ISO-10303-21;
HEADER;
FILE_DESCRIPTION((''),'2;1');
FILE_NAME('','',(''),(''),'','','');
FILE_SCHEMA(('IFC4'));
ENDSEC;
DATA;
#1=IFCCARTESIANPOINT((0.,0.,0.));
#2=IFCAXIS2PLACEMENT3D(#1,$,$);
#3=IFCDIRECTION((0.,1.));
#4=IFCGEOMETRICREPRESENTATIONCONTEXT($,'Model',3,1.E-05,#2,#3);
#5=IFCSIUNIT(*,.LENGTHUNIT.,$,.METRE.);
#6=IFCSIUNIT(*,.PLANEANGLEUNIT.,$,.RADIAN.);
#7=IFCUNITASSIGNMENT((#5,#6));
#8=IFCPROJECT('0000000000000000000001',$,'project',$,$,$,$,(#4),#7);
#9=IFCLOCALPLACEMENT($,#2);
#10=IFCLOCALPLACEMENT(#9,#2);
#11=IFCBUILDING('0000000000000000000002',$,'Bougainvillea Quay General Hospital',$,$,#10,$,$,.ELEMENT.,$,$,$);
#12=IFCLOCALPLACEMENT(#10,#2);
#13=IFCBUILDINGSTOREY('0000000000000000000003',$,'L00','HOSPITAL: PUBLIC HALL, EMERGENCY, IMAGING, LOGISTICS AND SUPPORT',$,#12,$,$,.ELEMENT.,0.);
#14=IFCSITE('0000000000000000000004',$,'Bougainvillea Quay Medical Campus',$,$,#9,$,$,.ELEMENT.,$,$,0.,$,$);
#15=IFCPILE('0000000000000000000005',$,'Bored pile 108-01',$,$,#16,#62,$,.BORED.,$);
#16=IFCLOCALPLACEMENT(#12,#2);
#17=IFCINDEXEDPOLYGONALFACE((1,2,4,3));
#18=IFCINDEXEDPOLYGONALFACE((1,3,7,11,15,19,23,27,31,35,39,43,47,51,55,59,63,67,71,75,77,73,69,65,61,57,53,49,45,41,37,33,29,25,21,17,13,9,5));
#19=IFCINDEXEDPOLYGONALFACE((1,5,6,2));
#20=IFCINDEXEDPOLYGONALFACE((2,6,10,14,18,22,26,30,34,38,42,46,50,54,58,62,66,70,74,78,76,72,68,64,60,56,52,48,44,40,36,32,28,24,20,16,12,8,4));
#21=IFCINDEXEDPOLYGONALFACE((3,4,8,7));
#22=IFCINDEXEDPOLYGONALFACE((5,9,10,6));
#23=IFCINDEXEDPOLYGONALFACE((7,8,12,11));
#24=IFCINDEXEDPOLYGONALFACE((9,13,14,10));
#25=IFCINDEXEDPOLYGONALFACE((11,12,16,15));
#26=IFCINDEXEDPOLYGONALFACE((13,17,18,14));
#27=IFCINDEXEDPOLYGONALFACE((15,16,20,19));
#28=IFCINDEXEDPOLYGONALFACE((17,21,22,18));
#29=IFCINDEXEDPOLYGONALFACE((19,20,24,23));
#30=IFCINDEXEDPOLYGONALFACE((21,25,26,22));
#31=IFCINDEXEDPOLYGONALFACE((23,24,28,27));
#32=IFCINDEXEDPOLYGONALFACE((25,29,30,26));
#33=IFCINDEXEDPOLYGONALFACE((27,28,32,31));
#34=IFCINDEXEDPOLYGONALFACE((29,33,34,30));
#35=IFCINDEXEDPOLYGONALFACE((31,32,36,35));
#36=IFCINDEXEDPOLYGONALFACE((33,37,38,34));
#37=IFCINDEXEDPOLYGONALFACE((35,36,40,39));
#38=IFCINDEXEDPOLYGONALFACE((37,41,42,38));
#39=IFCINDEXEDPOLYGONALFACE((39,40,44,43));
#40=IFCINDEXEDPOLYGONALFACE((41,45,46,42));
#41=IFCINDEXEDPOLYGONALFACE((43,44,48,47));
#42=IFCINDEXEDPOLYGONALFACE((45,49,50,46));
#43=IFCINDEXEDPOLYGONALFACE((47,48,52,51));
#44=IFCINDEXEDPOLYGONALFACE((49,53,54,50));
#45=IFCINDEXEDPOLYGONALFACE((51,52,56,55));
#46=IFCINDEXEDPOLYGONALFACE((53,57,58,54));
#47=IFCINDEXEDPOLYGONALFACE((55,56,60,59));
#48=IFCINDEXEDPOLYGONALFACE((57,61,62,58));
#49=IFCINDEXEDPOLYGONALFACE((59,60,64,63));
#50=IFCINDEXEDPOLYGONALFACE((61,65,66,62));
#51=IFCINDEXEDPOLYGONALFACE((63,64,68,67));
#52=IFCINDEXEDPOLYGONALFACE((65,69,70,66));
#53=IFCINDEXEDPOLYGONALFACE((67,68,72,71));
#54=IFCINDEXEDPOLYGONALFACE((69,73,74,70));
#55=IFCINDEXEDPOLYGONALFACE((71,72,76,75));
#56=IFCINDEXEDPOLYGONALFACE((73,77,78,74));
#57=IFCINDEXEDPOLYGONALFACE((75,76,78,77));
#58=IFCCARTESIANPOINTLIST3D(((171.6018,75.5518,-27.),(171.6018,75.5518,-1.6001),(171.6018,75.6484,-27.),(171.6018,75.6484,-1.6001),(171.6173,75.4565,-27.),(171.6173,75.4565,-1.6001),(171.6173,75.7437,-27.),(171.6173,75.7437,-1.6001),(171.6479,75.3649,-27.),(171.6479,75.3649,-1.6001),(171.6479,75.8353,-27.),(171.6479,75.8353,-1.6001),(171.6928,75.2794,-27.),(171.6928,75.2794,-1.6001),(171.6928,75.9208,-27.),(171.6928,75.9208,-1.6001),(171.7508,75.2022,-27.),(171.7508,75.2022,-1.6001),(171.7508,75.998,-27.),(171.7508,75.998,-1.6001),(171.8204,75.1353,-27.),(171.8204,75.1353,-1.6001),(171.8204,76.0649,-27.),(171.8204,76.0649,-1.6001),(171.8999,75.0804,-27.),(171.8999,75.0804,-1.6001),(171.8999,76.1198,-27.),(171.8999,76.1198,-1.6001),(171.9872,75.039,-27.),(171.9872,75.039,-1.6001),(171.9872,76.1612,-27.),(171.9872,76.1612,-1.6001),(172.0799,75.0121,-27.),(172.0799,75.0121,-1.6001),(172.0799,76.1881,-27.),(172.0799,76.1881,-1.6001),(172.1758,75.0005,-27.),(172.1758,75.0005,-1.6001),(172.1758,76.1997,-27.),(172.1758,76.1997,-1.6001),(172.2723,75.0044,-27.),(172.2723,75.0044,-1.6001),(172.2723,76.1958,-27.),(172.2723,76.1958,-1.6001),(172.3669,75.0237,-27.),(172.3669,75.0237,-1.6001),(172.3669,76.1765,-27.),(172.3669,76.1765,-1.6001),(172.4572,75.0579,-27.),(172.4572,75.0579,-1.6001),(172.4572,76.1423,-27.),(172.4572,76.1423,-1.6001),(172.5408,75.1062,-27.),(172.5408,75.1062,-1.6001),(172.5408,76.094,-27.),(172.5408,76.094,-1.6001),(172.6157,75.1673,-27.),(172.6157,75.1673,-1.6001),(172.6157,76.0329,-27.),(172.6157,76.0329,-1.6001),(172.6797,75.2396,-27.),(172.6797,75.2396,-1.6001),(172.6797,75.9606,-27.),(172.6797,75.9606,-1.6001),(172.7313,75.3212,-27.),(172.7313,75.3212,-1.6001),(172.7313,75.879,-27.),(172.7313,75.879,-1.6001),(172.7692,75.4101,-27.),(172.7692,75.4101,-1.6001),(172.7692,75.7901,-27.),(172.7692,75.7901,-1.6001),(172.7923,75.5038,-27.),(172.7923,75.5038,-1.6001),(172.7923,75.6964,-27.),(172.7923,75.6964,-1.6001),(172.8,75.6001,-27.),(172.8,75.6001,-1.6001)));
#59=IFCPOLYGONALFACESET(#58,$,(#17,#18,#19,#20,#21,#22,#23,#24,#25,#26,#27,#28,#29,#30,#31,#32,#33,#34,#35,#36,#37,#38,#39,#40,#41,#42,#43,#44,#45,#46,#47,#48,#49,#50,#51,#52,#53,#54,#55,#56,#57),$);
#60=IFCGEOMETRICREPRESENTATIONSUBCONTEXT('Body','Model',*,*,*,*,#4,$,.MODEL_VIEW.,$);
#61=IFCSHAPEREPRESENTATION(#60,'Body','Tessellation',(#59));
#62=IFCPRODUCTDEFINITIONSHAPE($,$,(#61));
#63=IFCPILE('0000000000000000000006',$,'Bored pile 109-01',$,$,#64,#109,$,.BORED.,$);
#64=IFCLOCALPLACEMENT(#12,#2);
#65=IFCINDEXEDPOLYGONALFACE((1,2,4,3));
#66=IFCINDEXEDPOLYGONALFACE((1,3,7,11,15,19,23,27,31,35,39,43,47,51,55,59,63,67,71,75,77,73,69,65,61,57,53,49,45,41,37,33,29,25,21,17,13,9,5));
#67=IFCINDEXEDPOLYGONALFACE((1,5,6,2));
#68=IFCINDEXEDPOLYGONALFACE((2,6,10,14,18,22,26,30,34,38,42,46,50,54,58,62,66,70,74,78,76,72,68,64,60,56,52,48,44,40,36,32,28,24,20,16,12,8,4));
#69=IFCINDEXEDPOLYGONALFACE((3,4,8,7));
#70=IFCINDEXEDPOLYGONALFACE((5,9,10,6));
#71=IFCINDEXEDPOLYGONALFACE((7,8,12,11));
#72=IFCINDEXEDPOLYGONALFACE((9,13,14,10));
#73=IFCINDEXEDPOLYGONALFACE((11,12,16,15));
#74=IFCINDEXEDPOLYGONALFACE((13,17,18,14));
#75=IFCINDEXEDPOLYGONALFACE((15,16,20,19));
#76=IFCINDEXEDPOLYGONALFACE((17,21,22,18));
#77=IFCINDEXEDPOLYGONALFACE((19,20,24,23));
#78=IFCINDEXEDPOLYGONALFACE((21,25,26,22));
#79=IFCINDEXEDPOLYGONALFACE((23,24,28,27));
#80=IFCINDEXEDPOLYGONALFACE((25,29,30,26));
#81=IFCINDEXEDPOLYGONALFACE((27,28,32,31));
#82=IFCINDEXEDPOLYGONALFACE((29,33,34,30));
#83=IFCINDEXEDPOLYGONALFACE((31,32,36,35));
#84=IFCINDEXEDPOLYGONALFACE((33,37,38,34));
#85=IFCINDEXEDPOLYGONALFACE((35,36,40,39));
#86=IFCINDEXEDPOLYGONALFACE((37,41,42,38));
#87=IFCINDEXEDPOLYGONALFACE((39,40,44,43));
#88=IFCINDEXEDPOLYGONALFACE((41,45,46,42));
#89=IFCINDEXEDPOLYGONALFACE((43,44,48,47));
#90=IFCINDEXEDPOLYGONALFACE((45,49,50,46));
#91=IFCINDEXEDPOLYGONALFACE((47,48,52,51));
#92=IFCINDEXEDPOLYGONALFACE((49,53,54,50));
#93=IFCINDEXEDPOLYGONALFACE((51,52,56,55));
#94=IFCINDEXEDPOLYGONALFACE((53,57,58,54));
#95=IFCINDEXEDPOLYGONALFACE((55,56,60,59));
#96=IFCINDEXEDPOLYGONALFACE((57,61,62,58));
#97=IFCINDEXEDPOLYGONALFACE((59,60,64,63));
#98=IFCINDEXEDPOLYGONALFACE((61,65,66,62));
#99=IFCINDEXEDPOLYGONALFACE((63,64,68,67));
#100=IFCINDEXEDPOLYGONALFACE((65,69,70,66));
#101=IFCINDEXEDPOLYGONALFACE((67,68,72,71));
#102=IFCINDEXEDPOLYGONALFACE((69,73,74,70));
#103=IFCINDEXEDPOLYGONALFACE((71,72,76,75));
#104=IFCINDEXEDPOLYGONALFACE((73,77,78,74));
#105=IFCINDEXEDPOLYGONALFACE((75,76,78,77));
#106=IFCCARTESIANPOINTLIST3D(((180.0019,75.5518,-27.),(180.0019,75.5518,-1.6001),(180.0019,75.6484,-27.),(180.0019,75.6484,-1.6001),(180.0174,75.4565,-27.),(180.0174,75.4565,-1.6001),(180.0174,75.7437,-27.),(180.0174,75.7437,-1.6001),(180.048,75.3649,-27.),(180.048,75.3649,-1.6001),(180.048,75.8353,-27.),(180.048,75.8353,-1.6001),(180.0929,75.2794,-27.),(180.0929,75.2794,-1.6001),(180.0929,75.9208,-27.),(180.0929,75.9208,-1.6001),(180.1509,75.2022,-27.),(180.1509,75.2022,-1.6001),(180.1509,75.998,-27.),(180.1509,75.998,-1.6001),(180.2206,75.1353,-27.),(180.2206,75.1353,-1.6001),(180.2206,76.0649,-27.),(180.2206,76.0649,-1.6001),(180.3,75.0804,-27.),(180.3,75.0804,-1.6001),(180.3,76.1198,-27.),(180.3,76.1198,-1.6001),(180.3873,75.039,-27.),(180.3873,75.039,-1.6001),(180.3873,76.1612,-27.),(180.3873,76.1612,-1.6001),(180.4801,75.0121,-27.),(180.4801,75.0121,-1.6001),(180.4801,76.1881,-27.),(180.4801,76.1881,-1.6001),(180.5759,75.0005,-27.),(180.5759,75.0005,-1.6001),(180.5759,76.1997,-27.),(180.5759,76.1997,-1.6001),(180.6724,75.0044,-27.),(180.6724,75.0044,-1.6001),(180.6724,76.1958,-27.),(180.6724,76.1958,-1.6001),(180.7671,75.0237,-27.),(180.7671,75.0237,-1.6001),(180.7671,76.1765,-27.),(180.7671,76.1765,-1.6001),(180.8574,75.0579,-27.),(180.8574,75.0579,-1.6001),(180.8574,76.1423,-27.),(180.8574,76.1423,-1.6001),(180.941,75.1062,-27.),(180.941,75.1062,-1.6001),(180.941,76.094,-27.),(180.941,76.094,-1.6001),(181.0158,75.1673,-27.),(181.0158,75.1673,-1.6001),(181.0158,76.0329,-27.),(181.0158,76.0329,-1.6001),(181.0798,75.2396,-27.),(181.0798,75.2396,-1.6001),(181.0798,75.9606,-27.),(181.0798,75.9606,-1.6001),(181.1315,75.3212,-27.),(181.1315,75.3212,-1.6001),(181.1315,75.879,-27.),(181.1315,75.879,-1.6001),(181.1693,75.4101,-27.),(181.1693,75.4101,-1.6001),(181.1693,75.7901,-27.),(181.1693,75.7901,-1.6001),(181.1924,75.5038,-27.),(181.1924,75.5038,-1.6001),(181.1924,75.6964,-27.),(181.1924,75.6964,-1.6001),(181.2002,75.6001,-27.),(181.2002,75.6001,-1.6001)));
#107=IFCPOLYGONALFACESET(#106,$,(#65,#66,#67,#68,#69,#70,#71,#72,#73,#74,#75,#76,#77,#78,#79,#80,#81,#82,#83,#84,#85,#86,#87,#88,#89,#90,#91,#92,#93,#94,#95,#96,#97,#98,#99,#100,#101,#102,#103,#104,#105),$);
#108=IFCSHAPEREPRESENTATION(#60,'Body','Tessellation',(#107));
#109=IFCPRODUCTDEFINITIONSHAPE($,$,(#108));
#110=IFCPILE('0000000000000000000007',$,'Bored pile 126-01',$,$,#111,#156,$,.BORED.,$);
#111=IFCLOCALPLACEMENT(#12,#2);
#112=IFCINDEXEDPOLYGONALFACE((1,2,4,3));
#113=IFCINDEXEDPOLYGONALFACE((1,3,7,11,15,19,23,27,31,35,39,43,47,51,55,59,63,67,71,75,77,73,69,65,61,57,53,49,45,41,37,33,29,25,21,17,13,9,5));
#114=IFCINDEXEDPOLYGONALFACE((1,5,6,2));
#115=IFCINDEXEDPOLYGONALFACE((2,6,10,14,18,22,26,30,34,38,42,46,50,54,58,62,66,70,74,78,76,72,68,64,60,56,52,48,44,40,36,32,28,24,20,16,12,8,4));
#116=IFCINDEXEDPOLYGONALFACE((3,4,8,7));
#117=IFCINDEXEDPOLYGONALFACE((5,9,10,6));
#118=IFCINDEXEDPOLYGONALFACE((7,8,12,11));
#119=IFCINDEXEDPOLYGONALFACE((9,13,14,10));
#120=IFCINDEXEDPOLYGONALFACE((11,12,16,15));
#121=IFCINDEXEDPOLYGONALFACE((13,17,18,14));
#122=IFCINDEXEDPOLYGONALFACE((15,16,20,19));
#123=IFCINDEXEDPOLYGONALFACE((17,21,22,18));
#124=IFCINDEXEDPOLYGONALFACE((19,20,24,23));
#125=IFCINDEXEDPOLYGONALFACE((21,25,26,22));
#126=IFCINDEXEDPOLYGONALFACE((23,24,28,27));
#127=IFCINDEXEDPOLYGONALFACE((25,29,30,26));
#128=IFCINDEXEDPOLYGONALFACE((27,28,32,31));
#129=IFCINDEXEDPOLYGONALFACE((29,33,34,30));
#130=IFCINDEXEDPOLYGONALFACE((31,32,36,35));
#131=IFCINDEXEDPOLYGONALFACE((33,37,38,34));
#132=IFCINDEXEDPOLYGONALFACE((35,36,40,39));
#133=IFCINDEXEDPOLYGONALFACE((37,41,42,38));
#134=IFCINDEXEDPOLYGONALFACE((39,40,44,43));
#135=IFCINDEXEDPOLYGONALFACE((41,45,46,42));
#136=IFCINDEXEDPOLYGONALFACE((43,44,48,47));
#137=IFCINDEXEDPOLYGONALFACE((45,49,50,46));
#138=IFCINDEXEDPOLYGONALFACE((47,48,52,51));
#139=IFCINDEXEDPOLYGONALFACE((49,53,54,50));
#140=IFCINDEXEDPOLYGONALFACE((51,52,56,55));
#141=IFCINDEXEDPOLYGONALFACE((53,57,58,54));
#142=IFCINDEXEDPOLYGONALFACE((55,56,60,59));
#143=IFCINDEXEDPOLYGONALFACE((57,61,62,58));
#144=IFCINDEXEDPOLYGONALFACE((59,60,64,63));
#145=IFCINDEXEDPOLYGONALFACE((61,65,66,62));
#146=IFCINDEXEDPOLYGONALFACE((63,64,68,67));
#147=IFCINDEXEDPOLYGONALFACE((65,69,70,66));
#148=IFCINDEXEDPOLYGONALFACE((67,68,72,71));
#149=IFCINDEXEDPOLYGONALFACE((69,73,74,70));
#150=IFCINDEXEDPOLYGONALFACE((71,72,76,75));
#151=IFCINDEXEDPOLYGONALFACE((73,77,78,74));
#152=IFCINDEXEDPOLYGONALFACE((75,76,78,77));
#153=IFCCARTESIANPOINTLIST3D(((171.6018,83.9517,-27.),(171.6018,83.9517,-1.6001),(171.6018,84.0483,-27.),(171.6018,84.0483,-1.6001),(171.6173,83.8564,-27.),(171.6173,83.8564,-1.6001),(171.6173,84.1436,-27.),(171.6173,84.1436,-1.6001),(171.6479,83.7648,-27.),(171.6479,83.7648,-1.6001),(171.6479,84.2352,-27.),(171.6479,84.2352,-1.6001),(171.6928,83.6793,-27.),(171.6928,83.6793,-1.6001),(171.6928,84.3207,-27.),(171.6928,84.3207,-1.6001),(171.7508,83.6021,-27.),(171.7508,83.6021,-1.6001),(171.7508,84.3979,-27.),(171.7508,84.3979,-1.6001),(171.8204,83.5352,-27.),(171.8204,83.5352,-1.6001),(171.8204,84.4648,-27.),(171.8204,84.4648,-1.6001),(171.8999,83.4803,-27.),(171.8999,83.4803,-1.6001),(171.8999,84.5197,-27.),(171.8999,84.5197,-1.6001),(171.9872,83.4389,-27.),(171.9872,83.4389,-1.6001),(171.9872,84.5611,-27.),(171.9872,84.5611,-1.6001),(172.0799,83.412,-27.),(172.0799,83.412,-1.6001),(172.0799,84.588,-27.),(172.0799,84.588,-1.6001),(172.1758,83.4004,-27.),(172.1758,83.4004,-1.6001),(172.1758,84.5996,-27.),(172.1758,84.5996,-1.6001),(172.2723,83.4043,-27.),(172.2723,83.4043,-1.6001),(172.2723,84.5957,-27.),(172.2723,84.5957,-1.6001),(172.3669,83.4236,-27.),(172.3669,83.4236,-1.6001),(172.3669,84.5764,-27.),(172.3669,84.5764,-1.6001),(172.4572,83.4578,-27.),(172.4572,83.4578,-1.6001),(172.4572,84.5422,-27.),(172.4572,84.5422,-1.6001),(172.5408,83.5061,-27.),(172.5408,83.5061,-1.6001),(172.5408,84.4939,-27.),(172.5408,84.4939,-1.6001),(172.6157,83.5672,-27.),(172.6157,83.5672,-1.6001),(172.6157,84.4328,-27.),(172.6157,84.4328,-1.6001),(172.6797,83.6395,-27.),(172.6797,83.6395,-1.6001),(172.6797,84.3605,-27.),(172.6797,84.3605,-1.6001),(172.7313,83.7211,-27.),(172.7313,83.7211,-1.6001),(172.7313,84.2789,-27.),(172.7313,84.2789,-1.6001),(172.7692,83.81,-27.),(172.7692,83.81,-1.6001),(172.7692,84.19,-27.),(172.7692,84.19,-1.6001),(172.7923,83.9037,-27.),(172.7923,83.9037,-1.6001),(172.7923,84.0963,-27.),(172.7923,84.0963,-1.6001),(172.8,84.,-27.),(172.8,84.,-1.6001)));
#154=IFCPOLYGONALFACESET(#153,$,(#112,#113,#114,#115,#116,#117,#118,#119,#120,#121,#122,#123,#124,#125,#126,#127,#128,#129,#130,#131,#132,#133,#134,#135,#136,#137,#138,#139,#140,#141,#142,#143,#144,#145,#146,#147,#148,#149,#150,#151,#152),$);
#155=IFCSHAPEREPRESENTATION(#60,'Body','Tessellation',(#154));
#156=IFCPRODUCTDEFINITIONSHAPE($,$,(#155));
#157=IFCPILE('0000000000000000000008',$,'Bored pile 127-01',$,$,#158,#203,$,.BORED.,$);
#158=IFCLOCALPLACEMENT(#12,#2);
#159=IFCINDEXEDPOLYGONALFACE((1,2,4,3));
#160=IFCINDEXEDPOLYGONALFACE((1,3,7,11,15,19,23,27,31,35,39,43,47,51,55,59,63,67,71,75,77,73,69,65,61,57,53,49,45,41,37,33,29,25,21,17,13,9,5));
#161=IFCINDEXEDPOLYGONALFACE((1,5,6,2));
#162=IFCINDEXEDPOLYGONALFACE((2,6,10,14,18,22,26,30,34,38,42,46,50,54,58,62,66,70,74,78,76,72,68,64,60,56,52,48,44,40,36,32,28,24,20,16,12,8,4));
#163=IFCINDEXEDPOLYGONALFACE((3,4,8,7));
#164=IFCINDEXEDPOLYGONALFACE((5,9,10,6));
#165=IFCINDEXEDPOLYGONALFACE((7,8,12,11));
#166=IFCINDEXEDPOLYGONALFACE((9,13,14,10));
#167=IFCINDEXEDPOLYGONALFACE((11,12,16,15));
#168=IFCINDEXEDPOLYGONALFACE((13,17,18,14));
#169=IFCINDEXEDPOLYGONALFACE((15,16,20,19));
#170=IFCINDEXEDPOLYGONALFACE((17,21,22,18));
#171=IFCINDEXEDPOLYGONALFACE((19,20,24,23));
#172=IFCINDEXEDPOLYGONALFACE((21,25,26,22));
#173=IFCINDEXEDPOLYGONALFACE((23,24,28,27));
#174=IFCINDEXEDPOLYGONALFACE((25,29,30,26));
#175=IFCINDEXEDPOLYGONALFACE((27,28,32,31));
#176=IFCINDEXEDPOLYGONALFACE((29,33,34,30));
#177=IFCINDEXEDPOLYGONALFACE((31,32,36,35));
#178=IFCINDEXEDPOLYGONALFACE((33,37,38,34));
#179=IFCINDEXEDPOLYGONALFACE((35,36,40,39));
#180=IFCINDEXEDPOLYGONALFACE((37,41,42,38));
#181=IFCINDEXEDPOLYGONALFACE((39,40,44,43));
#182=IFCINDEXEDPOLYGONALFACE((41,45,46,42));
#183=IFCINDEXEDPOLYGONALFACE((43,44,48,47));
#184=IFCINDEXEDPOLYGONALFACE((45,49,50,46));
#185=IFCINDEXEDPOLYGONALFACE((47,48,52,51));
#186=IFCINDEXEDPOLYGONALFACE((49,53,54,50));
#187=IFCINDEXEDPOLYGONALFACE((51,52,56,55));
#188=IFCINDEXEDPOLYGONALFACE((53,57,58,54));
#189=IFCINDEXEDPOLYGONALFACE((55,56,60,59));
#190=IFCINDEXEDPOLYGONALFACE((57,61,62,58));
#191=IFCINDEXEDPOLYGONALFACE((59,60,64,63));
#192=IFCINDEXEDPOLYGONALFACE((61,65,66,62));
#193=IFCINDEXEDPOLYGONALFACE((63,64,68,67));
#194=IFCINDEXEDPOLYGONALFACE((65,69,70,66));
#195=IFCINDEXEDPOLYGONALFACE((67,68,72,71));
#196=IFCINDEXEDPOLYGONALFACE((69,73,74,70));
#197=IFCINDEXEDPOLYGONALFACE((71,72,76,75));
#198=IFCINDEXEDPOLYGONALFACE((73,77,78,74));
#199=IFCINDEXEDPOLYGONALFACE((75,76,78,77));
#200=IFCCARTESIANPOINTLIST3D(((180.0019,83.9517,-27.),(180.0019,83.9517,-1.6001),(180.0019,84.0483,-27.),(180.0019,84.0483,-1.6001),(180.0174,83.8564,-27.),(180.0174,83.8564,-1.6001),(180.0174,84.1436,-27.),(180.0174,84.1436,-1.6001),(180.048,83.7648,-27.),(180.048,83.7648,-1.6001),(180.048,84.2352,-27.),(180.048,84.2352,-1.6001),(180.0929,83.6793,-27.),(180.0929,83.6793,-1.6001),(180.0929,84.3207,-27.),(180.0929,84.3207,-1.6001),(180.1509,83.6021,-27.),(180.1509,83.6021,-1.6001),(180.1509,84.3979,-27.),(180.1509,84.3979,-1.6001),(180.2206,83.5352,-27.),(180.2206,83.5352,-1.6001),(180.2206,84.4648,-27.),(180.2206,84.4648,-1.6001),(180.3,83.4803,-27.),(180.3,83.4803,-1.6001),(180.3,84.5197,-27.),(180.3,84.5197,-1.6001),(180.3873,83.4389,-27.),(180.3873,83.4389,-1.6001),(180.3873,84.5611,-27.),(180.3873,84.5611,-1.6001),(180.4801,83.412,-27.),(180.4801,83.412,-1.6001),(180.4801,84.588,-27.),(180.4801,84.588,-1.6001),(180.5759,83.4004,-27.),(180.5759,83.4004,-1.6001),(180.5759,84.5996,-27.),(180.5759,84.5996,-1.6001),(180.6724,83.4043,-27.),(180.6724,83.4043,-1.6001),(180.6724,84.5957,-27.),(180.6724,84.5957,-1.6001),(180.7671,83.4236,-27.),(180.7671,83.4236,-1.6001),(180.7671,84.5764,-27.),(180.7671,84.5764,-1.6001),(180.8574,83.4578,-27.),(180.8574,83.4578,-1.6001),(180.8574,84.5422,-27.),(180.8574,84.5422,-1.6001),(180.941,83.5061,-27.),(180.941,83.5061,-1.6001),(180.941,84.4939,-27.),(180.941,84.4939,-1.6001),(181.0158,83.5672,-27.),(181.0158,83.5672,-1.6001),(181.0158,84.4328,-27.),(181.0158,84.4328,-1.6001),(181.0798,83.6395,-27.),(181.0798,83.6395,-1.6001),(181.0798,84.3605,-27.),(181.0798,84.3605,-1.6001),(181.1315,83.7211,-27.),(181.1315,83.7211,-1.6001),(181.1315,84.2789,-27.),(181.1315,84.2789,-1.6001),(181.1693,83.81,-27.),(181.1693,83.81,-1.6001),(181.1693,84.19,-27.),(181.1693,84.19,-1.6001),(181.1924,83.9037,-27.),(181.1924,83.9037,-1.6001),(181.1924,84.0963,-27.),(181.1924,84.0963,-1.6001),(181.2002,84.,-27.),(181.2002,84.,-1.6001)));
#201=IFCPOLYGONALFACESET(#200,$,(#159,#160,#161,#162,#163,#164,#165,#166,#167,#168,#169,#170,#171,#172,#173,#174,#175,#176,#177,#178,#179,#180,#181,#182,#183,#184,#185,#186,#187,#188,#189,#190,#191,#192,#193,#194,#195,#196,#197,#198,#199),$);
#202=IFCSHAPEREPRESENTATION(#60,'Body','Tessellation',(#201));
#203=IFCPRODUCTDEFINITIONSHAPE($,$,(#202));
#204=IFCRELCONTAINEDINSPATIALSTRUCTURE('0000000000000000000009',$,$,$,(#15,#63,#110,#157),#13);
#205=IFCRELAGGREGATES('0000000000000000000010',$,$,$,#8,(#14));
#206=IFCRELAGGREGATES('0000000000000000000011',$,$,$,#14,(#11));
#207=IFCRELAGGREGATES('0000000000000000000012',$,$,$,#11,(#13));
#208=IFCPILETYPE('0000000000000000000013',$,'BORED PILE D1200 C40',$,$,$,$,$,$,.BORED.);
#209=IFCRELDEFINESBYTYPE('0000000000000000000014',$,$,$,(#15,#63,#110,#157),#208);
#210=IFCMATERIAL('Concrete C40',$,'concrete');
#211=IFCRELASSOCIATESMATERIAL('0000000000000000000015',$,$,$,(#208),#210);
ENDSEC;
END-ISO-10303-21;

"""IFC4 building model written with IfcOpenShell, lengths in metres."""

from ifc_helpers import new_model, si_unit, direction, frame, origin, origin_2d, place, context, subcontext, project, spatial, circle, extrude, material, material_profile, profile_set, type_object, element, save


model = new_model("IFC4")

# Units and contexts
model_context = context("Model", 3, precision=1e-05, world=origin(), true_north=direction((0.0, 1.0)))
body_context = subcontext(model_context, "Body", "Model", "MODEL_VIEW")
ifc_project = project(units=[si_unit("LENGTHUNIT", "METRE"), si_unit("PLANEANGLEUNIT", "RADIAN")], contexts=[model_context])

# Site, building, storey
site_placement = place(None, origin())
site = spatial("IfcSite", under=ifc_project, at=site_placement, Name="Bougainvillea Quay Medical Campus", CompositionType="ELEMENT", RefElevation=0.0)
building_placement = place(site_placement, origin())
building = spatial("IfcBuilding", under=site, at=building_placement, Name="Bougainvillea Quay General Hospital", CompositionType="ELEMENT")
storey_placement = place(building_placement, origin())
storey = spatial("IfcBuildingStorey", under=building, at=storey_placement, Name="L00", Description="HOSPITAL: PUBLIC HALL, EMERGENCY, IMAGING, LOGISTICS AND SUPPORT", CompositionType="ELEMENT", Elevation=0.0)

# Piles
ifc_material_1 = material(Name="Concrete C40", Category="concrete")
ifc_material_profile_1 = material_profile(ifc_material_1, circle(Radius=0.6001, at=origin_2d()))
ifc_profile_set_1 = profile_set([ifc_material_profile_1], Name="Concrete C40")
pile_type = type_object("IfcPileType", Name="BORED PILE D1200 C40", PredefinedType="BORED", material=ifc_profile_set_1)
for number, where, z_axis, x_axis, name in (
    (1, (172.2, 75.6001, -1.6001), (0.0, 0.0, -1.0), (1.0, 0.0, 0.0), "Bored pile 108-01"),
    (2, (180.6001, 75.6001, -1.6001), (0.0, 0.0, -1.0), (1.0, 0.0, 0.0), "Bored pile 109-01"),
    (3, (172.2, 84.0, -1.6001), (0.0, 0.0, -1.0), (1.0, 0.0, 0.0), "Bored pile 126-01"),
    (4, (180.6001, 84.0, -1.6001), (0.0, 0.0, -1.0), (1.0, 0.0, 0.0), "Bored pile 127-01"),
):
    element("IfcPile", number, at=place(storey_placement, frame(where, z_axis=z_axis, x_axis=x_axis)), inside=storey, type_object=pile_type, Name=name, PredefinedType="BORED", context=body_context, shape_type="SweptSolid", body=[
        extrude(circle(Radius=0.6001, at=origin_2d()), origin(), (0.0, 0.0, 1.0), 25.3999),
    ])

save(model, "model.ifc")
